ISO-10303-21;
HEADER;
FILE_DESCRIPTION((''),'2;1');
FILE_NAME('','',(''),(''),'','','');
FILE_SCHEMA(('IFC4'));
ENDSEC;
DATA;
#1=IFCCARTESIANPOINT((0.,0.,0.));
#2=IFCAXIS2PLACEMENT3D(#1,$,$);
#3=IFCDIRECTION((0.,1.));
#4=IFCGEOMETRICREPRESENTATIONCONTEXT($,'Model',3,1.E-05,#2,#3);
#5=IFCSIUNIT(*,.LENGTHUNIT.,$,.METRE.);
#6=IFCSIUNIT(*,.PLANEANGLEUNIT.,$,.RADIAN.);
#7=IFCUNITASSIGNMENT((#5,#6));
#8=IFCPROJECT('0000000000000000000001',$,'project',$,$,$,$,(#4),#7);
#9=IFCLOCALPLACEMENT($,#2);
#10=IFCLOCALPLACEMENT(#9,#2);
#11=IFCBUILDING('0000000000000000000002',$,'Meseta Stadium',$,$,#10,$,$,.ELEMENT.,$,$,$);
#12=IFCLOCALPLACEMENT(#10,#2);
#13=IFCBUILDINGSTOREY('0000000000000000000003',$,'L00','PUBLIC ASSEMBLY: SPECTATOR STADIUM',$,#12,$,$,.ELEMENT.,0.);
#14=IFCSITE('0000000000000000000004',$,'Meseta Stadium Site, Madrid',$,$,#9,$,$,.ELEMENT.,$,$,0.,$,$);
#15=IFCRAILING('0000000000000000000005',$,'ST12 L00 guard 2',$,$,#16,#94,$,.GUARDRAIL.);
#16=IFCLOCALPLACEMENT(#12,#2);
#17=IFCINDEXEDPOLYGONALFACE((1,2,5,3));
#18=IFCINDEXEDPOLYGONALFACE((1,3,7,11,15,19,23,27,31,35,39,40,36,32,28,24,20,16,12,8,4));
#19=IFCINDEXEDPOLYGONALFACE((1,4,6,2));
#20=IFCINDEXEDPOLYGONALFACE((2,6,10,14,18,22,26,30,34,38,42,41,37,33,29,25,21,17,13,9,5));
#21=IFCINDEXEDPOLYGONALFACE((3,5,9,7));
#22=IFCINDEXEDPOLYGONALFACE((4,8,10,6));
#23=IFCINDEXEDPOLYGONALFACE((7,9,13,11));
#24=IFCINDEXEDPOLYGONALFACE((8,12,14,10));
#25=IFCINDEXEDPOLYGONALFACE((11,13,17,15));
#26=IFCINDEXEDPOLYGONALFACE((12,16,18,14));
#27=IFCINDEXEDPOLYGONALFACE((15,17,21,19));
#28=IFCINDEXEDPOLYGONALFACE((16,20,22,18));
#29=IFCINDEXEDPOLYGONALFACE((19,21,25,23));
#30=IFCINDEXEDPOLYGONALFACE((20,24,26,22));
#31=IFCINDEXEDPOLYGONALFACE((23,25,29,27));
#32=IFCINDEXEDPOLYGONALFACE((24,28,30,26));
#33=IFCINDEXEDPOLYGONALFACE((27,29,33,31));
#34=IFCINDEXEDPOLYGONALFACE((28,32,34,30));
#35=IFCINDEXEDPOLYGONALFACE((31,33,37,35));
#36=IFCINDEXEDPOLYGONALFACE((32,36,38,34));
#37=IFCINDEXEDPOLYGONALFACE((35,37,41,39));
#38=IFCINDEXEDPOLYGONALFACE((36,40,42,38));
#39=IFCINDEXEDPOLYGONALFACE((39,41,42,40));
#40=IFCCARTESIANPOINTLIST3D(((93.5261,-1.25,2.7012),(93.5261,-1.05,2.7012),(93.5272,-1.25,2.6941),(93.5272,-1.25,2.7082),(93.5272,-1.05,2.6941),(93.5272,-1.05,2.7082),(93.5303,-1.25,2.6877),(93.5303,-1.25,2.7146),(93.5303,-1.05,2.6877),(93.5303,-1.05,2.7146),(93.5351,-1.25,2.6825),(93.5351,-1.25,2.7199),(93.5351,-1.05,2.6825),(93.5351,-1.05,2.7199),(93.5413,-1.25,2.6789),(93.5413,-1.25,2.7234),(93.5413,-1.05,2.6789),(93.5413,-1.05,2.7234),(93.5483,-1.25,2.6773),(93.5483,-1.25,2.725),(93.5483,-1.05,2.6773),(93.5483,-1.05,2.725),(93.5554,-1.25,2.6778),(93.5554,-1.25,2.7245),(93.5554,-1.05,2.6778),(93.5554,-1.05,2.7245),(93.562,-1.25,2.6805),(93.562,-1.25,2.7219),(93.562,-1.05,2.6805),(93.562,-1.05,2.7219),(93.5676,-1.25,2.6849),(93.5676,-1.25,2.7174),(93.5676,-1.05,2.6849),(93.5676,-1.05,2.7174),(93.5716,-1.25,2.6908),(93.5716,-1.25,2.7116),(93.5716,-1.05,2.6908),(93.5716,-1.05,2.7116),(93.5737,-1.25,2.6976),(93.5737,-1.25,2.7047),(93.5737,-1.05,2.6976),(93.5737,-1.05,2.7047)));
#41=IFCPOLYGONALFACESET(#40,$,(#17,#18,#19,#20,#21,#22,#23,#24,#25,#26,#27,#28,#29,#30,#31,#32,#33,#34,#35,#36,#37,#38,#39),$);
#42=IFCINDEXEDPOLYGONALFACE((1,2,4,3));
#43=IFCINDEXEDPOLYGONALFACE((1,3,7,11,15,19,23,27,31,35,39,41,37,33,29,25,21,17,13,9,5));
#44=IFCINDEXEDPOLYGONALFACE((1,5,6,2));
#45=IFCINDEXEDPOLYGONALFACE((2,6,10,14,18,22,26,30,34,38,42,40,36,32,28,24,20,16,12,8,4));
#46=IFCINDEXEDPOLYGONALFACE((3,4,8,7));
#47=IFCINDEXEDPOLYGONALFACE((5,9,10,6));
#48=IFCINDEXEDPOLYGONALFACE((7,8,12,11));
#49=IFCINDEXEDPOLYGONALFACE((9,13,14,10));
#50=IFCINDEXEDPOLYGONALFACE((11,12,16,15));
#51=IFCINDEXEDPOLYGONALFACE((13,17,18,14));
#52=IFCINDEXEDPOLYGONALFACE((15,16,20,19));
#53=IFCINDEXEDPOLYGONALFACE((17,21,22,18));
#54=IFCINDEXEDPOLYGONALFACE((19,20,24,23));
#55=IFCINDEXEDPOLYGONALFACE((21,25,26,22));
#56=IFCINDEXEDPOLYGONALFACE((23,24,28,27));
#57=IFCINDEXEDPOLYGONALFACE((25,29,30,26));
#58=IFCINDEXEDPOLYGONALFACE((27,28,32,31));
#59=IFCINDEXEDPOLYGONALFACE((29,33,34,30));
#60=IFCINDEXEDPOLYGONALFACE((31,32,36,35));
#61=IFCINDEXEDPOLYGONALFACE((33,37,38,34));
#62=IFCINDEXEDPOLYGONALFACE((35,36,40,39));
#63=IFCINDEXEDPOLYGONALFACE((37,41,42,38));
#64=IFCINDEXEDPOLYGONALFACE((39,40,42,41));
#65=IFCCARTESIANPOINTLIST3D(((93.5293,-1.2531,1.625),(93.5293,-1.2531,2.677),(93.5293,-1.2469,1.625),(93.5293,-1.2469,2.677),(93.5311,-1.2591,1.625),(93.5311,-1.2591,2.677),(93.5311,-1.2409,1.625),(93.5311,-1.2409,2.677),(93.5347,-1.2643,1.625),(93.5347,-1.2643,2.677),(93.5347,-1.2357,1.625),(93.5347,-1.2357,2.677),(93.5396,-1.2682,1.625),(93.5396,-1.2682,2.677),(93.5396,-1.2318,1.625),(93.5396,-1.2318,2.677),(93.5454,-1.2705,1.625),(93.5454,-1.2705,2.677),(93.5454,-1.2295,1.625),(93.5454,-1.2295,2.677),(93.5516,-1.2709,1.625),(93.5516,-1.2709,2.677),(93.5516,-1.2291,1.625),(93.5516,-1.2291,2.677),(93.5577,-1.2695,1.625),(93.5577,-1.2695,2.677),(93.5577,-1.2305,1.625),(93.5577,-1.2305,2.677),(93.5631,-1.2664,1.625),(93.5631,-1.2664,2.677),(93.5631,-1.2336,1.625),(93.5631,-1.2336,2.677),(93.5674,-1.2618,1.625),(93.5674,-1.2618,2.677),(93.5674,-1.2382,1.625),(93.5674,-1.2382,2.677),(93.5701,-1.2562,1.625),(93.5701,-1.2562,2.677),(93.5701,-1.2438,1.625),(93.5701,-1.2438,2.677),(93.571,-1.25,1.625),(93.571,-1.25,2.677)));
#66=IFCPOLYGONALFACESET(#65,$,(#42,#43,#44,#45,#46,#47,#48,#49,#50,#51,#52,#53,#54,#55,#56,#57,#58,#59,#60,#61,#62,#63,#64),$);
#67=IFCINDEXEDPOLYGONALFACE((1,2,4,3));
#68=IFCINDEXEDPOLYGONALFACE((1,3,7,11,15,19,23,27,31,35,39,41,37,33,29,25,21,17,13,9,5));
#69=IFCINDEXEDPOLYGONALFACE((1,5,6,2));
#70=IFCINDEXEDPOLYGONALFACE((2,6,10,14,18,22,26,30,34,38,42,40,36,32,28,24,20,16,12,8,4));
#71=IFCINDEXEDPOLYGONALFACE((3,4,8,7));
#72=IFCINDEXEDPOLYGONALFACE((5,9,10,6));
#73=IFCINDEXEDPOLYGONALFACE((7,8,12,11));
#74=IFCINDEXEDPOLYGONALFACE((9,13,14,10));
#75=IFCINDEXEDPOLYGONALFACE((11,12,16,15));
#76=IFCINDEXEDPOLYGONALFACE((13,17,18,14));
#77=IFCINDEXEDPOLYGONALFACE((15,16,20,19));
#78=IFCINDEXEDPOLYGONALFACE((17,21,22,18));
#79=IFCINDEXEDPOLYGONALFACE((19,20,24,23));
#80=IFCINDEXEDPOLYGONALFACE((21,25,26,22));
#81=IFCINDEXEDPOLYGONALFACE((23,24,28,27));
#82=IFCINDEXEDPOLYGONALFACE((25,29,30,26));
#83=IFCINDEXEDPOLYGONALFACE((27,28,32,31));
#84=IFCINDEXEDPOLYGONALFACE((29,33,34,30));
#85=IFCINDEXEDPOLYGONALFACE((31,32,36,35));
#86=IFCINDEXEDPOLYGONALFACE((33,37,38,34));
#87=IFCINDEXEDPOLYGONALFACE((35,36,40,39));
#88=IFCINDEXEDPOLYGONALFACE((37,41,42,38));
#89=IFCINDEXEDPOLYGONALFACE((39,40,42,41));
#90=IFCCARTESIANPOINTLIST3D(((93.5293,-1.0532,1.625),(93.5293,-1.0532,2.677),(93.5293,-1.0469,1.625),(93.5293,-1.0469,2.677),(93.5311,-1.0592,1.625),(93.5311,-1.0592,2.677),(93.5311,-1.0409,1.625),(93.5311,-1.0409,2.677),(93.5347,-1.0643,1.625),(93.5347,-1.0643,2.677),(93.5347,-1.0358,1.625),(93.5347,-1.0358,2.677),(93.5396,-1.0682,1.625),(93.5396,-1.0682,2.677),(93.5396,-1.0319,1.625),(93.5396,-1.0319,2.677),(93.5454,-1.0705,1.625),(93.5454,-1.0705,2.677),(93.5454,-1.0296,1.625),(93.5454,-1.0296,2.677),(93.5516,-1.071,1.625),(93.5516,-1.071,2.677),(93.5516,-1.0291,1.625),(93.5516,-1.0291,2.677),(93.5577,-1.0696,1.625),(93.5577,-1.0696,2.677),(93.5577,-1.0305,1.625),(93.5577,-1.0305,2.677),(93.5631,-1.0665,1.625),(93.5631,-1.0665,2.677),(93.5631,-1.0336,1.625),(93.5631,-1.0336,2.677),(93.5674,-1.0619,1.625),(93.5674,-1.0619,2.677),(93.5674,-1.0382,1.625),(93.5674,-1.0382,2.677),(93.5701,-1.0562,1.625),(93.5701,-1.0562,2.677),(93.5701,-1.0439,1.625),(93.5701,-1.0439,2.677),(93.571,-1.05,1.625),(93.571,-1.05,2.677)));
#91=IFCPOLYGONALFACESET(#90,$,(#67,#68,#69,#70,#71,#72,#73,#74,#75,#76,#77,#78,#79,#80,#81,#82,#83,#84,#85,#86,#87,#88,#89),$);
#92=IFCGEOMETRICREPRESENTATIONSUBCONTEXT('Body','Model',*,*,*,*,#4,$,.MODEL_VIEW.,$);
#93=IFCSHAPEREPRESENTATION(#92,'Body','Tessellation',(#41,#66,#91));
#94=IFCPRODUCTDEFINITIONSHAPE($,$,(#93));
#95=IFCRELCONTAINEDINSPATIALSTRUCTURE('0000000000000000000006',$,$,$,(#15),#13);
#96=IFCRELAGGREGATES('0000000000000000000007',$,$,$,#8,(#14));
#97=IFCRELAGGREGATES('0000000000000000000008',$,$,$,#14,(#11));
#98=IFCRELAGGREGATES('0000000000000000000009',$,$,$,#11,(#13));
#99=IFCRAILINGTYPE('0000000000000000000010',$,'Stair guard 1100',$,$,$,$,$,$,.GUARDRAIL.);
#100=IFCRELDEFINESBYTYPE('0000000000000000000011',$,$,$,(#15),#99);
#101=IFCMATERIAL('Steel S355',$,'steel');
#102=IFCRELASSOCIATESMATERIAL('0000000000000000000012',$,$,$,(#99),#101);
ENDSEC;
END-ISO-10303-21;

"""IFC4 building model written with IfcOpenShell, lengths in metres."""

from ifc_helpers import new_model, si_unit, direction, frame, origin, origin_2d, place, context, subcontext, project, spatial, circle, extrude, material, type_object, element, save


model = new_model("IFC4")

# Units and contexts
model_context = context("Model", 3, precision=1e-05, world=origin(), true_north=direction((0.0, 1.0)))
body_context = subcontext(model_context, "Body", "Model", "MODEL_VIEW")
ifc_project = project(units=[si_unit("LENGTHUNIT", "METRE"), si_unit("PLANEANGLEUNIT", "RADIAN")], contexts=[model_context])

# Site, building, storey
site_placement = place(None, origin())
site = spatial("IfcSite", under=ifc_project, at=site_placement, Name="Meseta Stadium Site, Madrid", CompositionType="ELEMENT", RefElevation=0.0)
building_placement = place(site_placement, origin())
building = spatial("IfcBuilding", under=site, at=building_placement, Name="Meseta Stadium", CompositionType="ELEMENT")
storey_placement = place(building_placement, origin())
storey = spatial("IfcBuildingStorey", under=building, at=storey_placement, Name="L00", Description="PUBLIC ASSEMBLY: SPECTATOR STADIUM", CompositionType="ELEMENT", Elevation=0.0)

# Railing
ifc_material_1 = material(Name="Steel S355", Category="steel")
railing_type_1 = type_object("IfcRailingType", Name="Stair guard 1100", PredefinedType="GUARDRAIL", material=ifc_material_1)
railing_1_placement = place(storey_placement, frame((93.55, -1.25, 1.625)))
element("IfcRailing", 1, at=railing_1_placement, inside=storey, type_object=railing_type_1, Name="ST12 L00 guard 2", PredefinedType="GUARDRAIL", context=body_context, shape_type="SweptSolid", body=[
    extrude(circle(Radius=0.0239, at=origin_2d()), frame((0.0, 0.0, 1.0762), z_axis=(0.0, 1.0, 0.0), x_axis=(-1.0, 0.0, 0.0)), (0.0, 0.0, 1.0), 0.2),
    extrude(circle(Radius=0.021, at=origin_2d()), origin(), (0.0, 0.0, 1.0), 1.052),
    extrude(circle(Radius=0.021, at=origin_2d()), frame((0.0, 0.2, 0.0)), (0.0, 0.0, 1.0), 1.052),
])

save(model, "model.ifc")
